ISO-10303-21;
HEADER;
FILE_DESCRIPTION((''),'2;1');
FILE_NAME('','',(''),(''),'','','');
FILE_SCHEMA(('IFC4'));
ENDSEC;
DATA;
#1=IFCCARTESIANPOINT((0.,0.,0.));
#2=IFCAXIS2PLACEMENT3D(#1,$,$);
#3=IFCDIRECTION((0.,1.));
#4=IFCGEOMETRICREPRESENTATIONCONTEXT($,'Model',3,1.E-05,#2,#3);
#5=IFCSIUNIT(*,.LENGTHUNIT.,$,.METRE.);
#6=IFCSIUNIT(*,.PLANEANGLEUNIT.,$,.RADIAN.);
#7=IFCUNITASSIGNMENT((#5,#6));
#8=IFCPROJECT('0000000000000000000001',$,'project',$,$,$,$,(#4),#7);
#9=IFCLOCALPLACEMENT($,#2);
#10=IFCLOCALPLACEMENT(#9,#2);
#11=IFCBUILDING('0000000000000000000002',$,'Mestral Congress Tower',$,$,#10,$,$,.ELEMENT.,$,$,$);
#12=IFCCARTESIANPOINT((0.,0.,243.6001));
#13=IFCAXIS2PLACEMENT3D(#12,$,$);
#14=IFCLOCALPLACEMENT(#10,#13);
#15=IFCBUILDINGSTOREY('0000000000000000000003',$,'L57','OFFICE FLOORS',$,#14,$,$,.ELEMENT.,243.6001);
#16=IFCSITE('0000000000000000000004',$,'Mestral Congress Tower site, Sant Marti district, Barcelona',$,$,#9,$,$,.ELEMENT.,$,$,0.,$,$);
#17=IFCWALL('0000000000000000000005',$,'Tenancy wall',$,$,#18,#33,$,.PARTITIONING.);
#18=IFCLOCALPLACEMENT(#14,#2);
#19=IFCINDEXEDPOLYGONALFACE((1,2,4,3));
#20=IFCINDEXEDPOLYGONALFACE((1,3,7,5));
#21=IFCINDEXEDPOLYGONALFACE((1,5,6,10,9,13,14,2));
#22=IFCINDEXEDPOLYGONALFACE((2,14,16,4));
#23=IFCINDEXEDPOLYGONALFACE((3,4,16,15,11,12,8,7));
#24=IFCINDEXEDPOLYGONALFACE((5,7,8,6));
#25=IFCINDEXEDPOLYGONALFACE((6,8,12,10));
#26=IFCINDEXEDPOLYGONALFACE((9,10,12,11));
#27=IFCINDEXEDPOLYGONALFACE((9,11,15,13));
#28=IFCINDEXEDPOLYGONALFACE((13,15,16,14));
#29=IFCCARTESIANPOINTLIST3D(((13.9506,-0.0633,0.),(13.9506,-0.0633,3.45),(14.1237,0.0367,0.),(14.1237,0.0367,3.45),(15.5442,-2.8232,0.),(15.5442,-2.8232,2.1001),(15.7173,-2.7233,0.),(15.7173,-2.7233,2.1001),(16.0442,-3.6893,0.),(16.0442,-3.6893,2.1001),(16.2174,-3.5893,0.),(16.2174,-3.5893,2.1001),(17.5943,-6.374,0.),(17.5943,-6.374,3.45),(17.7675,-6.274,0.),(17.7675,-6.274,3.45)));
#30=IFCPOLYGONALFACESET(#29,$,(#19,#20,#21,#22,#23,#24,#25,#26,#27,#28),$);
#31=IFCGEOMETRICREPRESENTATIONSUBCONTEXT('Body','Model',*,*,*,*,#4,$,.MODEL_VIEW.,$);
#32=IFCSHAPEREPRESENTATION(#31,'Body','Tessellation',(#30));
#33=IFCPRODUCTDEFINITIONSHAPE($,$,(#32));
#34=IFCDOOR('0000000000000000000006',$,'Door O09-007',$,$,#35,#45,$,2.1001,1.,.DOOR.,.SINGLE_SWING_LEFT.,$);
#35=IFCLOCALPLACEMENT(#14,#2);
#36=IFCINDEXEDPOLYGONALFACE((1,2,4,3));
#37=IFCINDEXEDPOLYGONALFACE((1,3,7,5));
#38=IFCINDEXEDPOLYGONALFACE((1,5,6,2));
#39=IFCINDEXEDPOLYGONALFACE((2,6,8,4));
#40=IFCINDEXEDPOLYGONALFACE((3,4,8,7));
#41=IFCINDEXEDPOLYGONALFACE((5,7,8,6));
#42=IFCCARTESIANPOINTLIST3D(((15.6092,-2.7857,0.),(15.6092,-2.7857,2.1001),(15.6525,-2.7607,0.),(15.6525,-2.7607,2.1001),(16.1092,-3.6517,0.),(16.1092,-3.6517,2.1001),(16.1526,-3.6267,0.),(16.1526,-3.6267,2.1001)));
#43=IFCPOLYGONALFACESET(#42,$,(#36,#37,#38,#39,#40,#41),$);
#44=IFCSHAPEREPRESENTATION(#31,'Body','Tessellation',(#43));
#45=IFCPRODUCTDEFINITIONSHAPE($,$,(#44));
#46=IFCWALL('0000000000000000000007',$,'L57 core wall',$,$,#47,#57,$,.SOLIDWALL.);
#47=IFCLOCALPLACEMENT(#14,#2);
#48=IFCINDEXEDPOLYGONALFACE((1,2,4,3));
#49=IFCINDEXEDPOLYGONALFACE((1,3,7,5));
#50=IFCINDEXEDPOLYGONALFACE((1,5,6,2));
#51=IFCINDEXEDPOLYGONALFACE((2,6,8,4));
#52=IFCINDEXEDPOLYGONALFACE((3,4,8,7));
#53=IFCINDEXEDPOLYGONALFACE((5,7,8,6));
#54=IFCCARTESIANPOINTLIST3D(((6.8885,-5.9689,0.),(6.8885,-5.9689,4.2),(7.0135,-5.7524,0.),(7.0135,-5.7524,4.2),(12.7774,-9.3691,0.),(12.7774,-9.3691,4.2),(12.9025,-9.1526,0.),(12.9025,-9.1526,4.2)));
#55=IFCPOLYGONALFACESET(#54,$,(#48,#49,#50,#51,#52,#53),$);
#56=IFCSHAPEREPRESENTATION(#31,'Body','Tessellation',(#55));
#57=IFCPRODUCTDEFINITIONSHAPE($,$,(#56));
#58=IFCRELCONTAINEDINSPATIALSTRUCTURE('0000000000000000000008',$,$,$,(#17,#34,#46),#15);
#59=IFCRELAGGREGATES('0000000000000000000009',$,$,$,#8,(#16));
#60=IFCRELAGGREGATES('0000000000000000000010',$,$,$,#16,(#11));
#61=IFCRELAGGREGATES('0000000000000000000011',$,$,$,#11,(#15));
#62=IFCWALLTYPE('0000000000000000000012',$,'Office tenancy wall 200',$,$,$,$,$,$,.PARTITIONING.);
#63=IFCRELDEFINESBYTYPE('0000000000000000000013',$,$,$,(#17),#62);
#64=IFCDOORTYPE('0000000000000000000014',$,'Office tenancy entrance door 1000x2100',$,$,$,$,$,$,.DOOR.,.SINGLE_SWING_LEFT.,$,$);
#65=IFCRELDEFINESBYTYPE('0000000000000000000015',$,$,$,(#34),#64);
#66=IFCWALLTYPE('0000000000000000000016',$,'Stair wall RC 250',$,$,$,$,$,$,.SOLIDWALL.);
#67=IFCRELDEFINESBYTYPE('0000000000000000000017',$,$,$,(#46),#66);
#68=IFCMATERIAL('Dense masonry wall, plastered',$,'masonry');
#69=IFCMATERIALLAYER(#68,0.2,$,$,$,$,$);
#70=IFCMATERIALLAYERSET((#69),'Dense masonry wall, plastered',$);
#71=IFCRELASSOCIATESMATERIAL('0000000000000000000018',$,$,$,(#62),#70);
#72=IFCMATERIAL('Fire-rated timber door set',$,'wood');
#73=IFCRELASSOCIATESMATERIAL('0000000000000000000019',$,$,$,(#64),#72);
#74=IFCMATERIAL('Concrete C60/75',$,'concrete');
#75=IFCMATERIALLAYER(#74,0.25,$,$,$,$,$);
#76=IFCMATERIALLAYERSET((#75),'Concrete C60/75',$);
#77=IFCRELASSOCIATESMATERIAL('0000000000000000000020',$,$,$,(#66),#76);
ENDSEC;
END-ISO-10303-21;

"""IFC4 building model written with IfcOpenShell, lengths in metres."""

from ifc_helpers import new_model, si_unit, direction, frame, frame_2d, origin, place, context, subcontext, project, spatial, rectangle, extrude, material, layer, layer_set, type_object, element, fill, save


model = new_model("IFC4")

# Units and contexts
model_context = context("Model", 3, precision=1e-05, world=origin(), true_north=direction((0.0, 1.0)))
body_context = subcontext(model_context, "Body", "Model", "MODEL_VIEW")
ifc_project = project(units=[si_unit("LENGTHUNIT", "METRE"), si_unit("PLANEANGLEUNIT", "RADIAN")], contexts=[model_context])

# Site, building, storey
site_placement = place(None, origin())
site = spatial("IfcSite", under=ifc_project, at=site_placement, Name="Mestral Congress Tower site, Sant Marti district, Barcelona", CompositionType="ELEMENT", RefElevation=0.0)
building_placement = place(site_placement, origin())
building = spatial("IfcBuilding", under=site, at=building_placement, Name="Mestral Congress Tower", CompositionType="ELEMENT")
storey_placement = place(building_placement, frame((0.0, 0.0, 243.6001)))
storey = spatial("IfcBuildingStorey", under=building, at=storey_placement, Name="L57", Description="OFFICE FLOORS", CompositionType="ELEMENT", Elevation=243.6001)

# Shared definitions
ifc_material_1 = material(Name="Concrete C60/75", Category="concrete")

# Shared definitions
ifc_material_2 = material(Name="Dense masonry wall, plastered", Category="masonry")
ifc_layer_1 = layer(ifc_material_2, 0.2)
ifc_layer_set_1 = layer_set([ifc_layer_1], Name="Dense masonry wall, plastered")
wall_type_1 = type_object("IfcWallType", Name="Office tenancy wall 200", PredefinedType="PARTITIONING", material=ifc_layer_set_1)

# Wall, opening, door
wall_1_placement = place(storey_placement, frame((17.6809, -6.324, 0.0), z_axis=(0.0, 0.0, 1.0), x_axis=(-0.500027, 0.86601, 0.0)))
wall_1 = element("IfcWall", 1, at=wall_1_placement, inside=storey, type_object=wall_type_1, Name="Tenancy wall", PredefinedType="PARTITIONING", context=body_context, shape_type="SweptSolid", body=[
    extrude(rectangle(XDim=7.2871, YDim=0.2, at=frame_2d((3.6436, 0.0))), origin(), (0.0, 0.0, 1.0), 3.45),
])
opening_1_placement = place(wall_1_placement, frame((3.1001, 0.0, 0.0)))
opening_1 = element("IfcOpeningElement", 2, at=opening_1_placement, cuts=wall_1, PredefinedType="OPENING", context=body_context, shape_type="SweptSolid", body=[
    extrude(rectangle(XDim=1.0, YDim=2.1001, at=frame_2d((0.5, 1.05))), frame((0.0, 0.1099, 0.0), z_axis=(0.0, -1.0, 0.0), x_axis=(1.0, 0.0, 0.0)), (0.0, 0.0, 1.0), 0.22),
])
ifc_material_3 = material(Name="Fire-rated timber door set", Category="wood")
door_type_1 = type_object("IfcDoorType", Name="Office tenancy entrance door 1000x2100", OperationType="SINGLE_SWING_LEFT", PredefinedType="DOOR", material=ifc_material_3)
door_1_placement = place(opening_1_placement, origin())
door_1 = element("IfcDoor", 3, at=door_1_placement, inside=storey, type_object=door_type_1, Name="Door O09-007", OperationType="SINGLE_SWING_LEFT", OverallHeight=2.1001, OverallWidth=1.0, PredefinedType="DOOR", context=body_context, shape_type="SweptSolid", body=[
    extrude(rectangle(XDim=1.0, YDim=2.1001, at=frame_2d((0.5, 1.05))), frame((0.0, 0.0249, 0.0), z_axis=(0.0, -1.0, 0.0), x_axis=(1.0, 0.0, 0.0)), (0.0, 0.0, 1.0), 0.05),
])
fill(opening_1, door_1)

# Wall
ifc_layer_2 = layer(ifc_material_1, 0.25)
ifc_layer_set_2 = layer_set([ifc_layer_2], Name="Concrete C60/75")
wall_type_2 = type_object("IfcWallType", Name="Stair wall RC 250", PredefinedType="SOLIDWALL", material=ifc_layer_set_2)
wall_2_placement = place(storey_placement, frame((12.8398, -9.2607, 0.0), z_axis=(0.0, 0.0, 1.0), x_axis=(-0.866014, 0.50002, 0.0)))
element("IfcWall", 4, at=wall_2_placement, inside=storey, type_object=wall_type_2, Name="L57 core wall", PredefinedType="SOLIDWALL", context=body_context, shape_type="SweptSolid", body=[
    extrude(rectangle(XDim=6.8, YDim=0.25, at=frame_2d((3.3999, 0.0))), origin(), (0.0, 0.0, 1.0), 4.2),
])

save(model, "model.ifc")
